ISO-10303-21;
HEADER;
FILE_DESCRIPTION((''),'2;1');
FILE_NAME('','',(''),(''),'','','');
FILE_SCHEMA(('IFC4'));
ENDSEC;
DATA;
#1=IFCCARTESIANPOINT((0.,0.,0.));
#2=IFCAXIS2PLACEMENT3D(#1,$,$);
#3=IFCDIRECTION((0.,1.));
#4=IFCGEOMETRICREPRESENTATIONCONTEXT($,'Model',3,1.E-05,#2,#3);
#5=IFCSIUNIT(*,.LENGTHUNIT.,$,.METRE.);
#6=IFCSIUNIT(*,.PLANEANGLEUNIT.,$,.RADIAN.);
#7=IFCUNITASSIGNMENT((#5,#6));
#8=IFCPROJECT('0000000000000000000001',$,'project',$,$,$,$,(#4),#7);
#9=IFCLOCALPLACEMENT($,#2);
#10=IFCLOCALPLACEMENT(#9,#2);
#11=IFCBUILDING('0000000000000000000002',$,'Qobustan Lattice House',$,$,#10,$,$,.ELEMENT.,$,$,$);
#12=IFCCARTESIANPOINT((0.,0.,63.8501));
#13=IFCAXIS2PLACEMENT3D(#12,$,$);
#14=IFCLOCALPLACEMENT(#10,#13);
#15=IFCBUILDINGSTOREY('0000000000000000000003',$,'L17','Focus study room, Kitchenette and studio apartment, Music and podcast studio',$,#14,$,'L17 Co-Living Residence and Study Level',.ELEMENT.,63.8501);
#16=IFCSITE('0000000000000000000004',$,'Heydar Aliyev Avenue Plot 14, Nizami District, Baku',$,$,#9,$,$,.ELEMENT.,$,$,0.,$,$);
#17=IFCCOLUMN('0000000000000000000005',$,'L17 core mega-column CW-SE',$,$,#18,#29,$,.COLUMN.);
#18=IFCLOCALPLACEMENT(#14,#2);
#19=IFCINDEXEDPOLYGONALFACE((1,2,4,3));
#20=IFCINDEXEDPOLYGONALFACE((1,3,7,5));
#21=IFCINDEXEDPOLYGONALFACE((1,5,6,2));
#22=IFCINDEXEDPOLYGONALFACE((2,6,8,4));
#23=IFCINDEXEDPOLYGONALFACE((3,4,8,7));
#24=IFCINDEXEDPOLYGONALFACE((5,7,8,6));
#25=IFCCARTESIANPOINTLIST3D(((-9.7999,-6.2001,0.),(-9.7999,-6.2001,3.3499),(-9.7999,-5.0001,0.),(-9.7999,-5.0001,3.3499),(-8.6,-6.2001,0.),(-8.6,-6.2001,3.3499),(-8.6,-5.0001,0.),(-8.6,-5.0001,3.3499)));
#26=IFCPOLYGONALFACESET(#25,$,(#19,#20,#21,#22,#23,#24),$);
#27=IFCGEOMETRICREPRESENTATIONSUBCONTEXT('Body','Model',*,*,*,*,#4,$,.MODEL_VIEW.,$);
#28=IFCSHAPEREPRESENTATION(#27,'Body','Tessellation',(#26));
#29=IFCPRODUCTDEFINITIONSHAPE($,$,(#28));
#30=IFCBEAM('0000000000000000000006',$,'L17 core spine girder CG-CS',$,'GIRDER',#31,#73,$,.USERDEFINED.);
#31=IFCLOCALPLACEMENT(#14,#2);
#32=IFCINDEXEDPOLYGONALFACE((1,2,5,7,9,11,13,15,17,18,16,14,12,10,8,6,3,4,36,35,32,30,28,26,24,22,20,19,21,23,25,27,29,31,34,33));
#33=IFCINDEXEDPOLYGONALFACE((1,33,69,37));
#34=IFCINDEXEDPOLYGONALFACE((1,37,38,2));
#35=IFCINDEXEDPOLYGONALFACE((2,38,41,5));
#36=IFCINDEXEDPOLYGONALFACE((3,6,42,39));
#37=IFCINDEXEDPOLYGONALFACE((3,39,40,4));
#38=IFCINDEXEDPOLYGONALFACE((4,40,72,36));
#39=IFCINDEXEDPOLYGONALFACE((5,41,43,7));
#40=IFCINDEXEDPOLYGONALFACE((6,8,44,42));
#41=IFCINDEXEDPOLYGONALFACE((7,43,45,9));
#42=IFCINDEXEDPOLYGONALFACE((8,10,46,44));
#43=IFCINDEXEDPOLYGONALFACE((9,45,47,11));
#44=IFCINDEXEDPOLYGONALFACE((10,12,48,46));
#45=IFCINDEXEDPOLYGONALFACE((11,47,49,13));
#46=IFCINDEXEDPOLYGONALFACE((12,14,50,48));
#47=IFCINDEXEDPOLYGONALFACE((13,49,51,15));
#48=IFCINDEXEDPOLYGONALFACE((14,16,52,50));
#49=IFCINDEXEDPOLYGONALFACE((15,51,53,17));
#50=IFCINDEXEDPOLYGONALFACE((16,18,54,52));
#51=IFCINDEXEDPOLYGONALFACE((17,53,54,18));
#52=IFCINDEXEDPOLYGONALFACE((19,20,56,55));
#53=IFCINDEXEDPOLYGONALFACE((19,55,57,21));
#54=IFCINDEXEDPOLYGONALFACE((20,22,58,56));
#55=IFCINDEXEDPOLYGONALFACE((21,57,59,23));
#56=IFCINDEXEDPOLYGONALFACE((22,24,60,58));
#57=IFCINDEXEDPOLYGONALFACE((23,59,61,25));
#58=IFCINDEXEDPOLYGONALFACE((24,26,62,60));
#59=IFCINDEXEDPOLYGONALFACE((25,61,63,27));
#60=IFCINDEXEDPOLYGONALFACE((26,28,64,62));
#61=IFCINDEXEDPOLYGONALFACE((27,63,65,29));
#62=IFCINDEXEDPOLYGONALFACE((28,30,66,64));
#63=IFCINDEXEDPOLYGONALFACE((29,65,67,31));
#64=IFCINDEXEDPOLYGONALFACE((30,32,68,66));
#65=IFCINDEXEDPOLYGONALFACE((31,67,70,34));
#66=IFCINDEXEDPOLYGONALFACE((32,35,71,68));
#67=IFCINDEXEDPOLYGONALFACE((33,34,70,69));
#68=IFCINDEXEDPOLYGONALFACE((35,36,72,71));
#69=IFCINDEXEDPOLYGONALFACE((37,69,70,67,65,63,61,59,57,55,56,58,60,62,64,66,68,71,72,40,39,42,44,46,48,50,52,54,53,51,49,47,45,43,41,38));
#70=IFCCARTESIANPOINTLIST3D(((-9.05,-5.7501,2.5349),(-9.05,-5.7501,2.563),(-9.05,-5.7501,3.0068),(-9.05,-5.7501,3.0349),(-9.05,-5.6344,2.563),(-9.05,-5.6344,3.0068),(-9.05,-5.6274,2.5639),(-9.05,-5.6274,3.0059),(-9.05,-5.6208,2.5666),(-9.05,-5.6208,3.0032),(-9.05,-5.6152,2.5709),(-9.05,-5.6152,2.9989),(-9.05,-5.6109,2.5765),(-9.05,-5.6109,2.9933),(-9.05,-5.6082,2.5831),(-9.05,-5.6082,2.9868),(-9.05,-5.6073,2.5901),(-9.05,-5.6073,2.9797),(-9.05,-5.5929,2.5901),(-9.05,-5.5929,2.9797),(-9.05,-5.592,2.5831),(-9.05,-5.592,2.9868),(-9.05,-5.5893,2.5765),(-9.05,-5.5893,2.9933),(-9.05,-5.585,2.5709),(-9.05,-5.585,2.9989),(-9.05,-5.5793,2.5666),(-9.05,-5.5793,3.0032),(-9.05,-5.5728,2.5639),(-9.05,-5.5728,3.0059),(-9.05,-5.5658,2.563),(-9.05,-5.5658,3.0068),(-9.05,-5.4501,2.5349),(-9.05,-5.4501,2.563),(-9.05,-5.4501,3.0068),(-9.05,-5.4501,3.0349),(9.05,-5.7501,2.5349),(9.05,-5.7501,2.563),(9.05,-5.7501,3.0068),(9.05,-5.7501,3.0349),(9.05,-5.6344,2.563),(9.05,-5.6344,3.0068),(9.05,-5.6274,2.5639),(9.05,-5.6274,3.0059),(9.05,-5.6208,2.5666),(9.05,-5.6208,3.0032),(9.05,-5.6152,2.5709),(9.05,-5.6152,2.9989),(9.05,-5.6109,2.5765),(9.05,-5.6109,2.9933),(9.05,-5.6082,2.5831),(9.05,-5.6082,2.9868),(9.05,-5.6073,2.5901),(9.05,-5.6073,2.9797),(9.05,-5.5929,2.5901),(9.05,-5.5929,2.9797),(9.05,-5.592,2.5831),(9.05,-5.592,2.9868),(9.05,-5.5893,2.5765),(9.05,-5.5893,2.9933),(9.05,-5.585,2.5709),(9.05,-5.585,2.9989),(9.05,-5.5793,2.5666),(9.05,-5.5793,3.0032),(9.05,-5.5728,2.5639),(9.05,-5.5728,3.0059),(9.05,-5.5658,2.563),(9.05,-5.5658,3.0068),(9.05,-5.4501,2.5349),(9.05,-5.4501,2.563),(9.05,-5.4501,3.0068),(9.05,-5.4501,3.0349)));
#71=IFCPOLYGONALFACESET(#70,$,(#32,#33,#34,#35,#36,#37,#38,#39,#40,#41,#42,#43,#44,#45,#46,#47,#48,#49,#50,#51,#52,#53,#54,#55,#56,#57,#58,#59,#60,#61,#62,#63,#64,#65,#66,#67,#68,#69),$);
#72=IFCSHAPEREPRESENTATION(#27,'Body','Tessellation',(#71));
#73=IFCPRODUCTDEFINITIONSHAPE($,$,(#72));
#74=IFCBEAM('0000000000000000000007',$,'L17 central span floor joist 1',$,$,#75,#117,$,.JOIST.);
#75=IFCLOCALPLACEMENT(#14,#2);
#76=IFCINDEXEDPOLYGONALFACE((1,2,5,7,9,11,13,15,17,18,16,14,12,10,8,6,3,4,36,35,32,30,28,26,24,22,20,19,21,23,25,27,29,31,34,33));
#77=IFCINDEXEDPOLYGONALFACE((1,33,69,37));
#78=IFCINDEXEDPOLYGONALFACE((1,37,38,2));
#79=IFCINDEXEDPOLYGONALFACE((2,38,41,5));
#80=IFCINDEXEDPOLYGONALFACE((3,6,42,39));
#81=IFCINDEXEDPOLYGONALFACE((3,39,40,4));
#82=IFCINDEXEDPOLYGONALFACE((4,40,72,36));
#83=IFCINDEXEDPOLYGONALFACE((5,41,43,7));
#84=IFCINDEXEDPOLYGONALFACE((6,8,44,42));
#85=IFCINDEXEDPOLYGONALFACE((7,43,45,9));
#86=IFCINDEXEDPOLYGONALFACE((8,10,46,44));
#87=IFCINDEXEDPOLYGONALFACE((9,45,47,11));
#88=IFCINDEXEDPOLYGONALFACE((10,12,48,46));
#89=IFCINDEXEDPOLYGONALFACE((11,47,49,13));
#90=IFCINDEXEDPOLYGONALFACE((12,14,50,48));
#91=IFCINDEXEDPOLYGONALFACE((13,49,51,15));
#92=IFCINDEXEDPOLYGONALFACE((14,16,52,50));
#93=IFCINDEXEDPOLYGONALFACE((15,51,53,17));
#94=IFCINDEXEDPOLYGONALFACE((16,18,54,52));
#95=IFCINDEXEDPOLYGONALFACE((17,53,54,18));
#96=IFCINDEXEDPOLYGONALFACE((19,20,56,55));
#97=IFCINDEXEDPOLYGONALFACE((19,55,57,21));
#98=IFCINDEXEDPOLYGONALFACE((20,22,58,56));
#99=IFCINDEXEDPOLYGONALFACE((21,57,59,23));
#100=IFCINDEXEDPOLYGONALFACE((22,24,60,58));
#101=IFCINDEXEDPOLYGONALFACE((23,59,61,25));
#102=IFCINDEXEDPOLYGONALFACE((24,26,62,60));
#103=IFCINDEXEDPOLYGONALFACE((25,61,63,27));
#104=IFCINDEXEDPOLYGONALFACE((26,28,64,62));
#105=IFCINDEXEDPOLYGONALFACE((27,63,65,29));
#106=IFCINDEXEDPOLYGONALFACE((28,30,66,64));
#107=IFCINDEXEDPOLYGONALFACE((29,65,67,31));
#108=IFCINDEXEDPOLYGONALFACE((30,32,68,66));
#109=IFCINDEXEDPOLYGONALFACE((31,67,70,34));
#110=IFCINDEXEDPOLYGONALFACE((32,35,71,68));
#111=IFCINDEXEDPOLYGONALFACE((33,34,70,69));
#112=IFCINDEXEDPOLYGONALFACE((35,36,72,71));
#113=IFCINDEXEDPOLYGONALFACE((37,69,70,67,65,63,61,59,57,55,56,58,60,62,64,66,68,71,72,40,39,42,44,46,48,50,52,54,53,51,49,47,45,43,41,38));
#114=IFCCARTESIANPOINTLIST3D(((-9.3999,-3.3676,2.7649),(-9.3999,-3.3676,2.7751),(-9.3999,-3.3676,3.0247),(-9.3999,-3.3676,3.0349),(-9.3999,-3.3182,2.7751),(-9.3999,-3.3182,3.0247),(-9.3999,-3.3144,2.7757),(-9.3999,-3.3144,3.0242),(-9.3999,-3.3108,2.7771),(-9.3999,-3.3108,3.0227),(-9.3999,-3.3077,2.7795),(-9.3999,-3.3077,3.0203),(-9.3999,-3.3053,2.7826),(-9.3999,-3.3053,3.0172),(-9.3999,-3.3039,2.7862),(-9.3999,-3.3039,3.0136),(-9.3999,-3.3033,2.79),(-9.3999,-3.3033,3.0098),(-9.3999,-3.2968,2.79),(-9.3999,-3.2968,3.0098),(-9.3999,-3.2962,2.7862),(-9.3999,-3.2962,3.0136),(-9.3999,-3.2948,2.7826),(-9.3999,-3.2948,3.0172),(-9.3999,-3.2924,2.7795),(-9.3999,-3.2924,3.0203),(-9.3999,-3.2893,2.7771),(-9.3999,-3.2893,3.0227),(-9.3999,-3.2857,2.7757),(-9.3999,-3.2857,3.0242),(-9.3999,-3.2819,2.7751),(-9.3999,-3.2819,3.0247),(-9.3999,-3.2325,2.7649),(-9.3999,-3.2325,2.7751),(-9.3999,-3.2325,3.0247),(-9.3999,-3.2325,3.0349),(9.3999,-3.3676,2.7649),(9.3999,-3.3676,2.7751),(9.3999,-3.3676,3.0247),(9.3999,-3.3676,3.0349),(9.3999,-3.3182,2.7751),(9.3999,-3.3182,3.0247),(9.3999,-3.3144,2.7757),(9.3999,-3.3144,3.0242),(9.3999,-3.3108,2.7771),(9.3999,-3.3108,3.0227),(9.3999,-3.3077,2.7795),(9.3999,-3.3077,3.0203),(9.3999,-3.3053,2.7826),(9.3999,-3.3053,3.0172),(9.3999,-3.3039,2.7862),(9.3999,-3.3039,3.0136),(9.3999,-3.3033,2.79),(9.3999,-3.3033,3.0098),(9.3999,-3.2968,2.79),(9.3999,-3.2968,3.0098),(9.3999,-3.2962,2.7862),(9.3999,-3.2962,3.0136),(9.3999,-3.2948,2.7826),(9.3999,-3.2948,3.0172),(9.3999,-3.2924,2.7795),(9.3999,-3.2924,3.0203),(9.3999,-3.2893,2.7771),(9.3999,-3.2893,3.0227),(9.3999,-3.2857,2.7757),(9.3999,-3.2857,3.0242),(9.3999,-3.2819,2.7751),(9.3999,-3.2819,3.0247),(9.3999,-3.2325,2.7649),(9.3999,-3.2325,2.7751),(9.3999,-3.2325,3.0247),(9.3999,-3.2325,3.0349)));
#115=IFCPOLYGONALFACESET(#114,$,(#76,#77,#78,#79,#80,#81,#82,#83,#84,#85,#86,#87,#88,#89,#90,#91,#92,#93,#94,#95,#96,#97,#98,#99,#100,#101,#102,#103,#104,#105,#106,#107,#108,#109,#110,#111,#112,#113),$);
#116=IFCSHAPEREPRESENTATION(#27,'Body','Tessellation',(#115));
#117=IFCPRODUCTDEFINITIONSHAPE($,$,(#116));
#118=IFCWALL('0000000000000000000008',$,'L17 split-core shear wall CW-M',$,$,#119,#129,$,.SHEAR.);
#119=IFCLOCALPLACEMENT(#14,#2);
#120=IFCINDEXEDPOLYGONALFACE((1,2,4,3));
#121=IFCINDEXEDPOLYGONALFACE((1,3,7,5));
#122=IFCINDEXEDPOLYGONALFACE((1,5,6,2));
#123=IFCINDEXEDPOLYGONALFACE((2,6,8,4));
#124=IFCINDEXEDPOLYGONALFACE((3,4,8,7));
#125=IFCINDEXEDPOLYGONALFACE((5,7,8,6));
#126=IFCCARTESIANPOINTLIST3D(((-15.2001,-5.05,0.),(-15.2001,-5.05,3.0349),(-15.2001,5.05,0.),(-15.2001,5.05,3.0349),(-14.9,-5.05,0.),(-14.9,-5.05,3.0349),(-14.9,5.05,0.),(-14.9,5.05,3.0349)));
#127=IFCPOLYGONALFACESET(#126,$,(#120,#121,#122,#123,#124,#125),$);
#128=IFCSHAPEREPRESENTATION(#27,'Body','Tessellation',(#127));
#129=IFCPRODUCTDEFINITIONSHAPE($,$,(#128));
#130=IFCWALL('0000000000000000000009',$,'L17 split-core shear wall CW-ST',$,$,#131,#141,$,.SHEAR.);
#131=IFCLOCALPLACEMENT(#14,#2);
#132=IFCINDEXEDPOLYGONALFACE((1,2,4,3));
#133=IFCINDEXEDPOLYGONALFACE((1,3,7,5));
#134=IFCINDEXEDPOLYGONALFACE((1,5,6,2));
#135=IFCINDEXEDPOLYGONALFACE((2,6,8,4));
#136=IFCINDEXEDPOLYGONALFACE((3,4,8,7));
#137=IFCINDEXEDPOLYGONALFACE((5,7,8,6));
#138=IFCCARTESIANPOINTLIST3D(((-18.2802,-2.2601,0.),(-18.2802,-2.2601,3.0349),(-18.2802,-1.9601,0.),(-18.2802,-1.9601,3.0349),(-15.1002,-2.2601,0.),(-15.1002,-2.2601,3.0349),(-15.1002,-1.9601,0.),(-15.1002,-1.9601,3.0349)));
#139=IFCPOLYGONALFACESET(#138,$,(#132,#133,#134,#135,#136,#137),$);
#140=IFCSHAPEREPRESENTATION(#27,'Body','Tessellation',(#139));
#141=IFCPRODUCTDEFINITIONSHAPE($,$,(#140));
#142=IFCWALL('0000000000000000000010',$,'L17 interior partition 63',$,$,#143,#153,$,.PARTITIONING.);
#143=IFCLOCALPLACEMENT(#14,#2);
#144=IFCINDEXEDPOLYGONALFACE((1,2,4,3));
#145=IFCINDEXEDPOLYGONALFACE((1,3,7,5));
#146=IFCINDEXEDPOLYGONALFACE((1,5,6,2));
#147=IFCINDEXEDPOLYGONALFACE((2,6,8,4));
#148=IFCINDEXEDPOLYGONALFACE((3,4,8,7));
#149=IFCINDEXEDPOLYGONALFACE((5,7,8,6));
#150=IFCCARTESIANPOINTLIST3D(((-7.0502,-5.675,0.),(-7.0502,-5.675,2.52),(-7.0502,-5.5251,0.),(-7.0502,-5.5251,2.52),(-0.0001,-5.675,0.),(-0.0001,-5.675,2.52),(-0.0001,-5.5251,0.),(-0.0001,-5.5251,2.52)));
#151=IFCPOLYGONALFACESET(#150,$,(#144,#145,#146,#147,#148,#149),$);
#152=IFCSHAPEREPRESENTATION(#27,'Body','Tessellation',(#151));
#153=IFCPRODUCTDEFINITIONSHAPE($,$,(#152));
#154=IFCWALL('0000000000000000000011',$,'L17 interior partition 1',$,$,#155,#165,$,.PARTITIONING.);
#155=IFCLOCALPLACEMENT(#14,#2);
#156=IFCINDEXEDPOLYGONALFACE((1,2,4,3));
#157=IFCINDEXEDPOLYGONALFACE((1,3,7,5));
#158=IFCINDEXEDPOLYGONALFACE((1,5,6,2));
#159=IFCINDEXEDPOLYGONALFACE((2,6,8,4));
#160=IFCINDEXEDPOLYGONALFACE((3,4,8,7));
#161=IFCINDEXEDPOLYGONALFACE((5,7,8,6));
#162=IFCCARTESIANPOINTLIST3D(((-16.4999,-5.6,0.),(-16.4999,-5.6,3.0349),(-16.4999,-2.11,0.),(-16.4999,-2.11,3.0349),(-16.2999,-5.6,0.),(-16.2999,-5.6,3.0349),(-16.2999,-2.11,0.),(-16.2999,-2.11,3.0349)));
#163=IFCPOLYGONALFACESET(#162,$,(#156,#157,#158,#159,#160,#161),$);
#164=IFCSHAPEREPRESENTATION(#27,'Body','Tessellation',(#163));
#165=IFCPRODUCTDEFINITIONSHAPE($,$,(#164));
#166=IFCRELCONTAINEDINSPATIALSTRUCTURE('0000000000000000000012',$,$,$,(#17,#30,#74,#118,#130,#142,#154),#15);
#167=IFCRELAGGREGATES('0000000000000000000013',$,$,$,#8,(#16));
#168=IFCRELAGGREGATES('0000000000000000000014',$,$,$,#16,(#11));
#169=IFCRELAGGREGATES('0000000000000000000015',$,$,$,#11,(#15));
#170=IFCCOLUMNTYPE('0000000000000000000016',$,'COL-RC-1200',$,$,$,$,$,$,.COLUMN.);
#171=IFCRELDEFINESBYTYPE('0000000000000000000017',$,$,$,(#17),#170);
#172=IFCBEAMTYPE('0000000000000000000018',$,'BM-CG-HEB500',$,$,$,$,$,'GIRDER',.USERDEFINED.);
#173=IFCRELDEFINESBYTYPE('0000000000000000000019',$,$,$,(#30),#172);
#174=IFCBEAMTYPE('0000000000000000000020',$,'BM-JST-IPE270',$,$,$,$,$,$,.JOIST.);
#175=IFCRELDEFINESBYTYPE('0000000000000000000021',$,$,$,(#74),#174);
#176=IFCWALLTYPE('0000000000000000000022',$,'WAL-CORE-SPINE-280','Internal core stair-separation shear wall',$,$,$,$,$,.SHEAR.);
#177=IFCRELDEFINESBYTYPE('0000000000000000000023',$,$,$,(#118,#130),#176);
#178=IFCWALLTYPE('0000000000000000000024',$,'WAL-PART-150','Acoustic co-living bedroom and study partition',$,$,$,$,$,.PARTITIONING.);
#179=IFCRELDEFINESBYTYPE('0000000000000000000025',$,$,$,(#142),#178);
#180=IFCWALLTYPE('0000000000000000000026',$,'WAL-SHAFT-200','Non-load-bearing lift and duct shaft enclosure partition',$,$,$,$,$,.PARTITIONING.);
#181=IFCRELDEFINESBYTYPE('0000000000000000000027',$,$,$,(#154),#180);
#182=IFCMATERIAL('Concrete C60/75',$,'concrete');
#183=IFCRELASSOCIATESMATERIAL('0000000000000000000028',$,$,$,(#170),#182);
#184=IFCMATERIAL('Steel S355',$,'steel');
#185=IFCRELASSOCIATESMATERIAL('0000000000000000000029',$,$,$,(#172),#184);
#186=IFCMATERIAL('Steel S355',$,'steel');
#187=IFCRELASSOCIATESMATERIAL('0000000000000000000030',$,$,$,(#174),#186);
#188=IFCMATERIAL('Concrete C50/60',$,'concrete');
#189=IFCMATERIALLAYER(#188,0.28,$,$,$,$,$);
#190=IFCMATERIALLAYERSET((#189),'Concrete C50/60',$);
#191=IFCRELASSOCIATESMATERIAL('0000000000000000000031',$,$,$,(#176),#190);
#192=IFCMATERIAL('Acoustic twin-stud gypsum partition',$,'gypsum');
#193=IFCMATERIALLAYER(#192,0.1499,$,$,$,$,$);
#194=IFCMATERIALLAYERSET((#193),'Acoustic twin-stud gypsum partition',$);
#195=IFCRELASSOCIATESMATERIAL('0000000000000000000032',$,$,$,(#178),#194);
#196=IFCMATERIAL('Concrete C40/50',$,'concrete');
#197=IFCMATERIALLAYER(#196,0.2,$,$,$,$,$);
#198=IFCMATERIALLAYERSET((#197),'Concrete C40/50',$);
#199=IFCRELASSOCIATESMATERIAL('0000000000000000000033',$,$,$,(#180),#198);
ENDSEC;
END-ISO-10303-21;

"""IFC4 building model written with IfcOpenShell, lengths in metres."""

from ifc_helpers import new_model, si_unit, direction, frame, frame_2d, origin, origin_2d, place, context, subcontext, project, spatial, rectangle, i_section, extrude, material, layer, layer_set, material_profile, profile_set, type_object, element, save


model = new_model("IFC4")

# Units and contexts
model_context = context("Model", 3, precision=1e-05, world=origin(), true_north=direction((0.0, 1.0)))
body_context = subcontext(model_context, "Body", "Model", "MODEL_VIEW")
ifc_project = project(units=[si_unit("LENGTHUNIT", "METRE"), si_unit("PLANEANGLEUNIT", "RADIAN")], contexts=[model_context])

# Site, building, storey
site_placement = place(None, origin())
site = spatial("IfcSite", under=ifc_project, at=site_placement, Name="Heydar Aliyev Avenue Plot 14, Nizami District, Baku", CompositionType="ELEMENT", RefElevation=0.0)
building_placement = place(site_placement, origin())
building = spatial("IfcBuilding", under=site, at=building_placement, Name="Qobustan Lattice House", CompositionType="ELEMENT")
storey_placement = place(building_placement, frame((0.0, 0.0, 63.8501)))
storey = spatial("IfcBuildingStorey", under=building, at=storey_placement, Name="L17", Description="Focus study room, Kitchenette and studio apartment, Music and podcast studio", LongName="L17 Co-Living Residence and Study Level", CompositionType="ELEMENT", Elevation=63.8501)

# Column
ifc_material_1 = material(Name="Concrete C60/75", Category="concrete")
ifc_material_profile_1 = material_profile(ifc_material_1, rectangle(XDim=1.2, YDim=1.2, at=origin_2d()), Name="RC1200x1200")
ifc_profile_set_1 = profile_set([ifc_material_profile_1], Name="Concrete C60/75")
column_type = type_object("IfcColumnType", Name="COL-RC-1200", PredefinedType="COLUMN", material=ifc_profile_set_1)
column_placement = place(storey_placement, frame((-9.2, -5.6001, 0.0), z_axis=(0.0, 0.0, 1.0), x_axis=(1.0, 0.0, 0.0)))
element("IfcColumn", 1, at=column_placement, inside=storey, type_object=column_type, Name="L17 core mega-column CW-SE", PredefinedType="COLUMN", context=body_context, shape_type="SweptSolid", body=[
    extrude(rectangle(XDim=1.2, YDim=1.2, at=origin_2d()), origin(), (0.0, 0.0, 1.0), 3.3499),
])

# Beams
ifc_material_2 = material(Name="Steel S355", Category="steel")
ifc_material_profile_2 = material_profile(ifc_material_2, i_section(OverallWidth=0.3, OverallDepth=0.5, WebThickness=0.0144, FlangeThickness=0.0281, FilletRadius=0.0271, at=origin_2d()), Name="HEB500")
ifc_profile_set_2 = profile_set([ifc_material_profile_2], Name="Steel S355")
beam_type_1 = type_object("IfcBeamType", Name="BM-CG-HEB500", ElementType="GIRDER", PredefinedType="USERDEFINED", material=ifc_profile_set_2)
beam_1_placement = place(storey_placement, frame((-9.05, -5.6001, 2.7849), z_axis=(1.0, 0.0, 0.0), x_axis=(0.0, 1.0, 0.0)))
element("IfcBeam", 2, at=beam_1_placement, inside=storey, type_object=beam_type_1, Name="L17 core spine girder CG-CS", ObjectType="GIRDER", PredefinedType="USERDEFINED", context=body_context, shape_type="SweptSolid", body=[
    extrude(i_section(OverallWidth=0.3, OverallDepth=0.5, WebThickness=0.0144, FlangeThickness=0.0281, FilletRadius=0.0271, at=origin_2d()), origin(), (0.0, 0.0, 1.0), 18.1001),
])
ifc_material_3 = material(Name="Steel S355", Category="steel")
ifc_material_profile_3 = material_profile(ifc_material_3, i_section(OverallWidth=0.135, OverallDepth=0.27, WebThickness=0.0066, FlangeThickness=0.0103, FilletRadius=0.0149, at=origin_2d()), Name="IPE270")
ifc_profile_set_3 = profile_set([ifc_material_profile_3], Name="Steel S355")
beam_type_2 = type_object("IfcBeamType", Name="BM-JST-IPE270", PredefinedType="JOIST", material=ifc_profile_set_3)
beam_2_placement = place(storey_placement, frame((-9.3999, -3.3, 2.8999), z_axis=(1.0, 0.0, 0.0), x_axis=(0.0, 1.0, 0.0)))
element("IfcBeam", 3, at=beam_2_placement, inside=storey, type_object=beam_type_2, Name="L17 central span floor joist 1", PredefinedType="JOIST", context=body_context, shape_type="SweptSolid", body=[
    extrude(i_section(OverallWidth=0.135, OverallDepth=0.27, WebThickness=0.0066, FlangeThickness=0.0103, FilletRadius=0.0149, at=origin_2d()), origin(), (0.0, 0.0, 1.0), 18.7998),
])

# Walls
ifc_material_4 = material(Name="Concrete C50/60", Category="concrete")
ifc_layer_1 = layer(ifc_material_4, 0.28)
ifc_layer_set_1 = layer_set([ifc_layer_1], Name="Concrete C50/60")
wall_type_1 = type_object("IfcWallType", Name="WAL-CORE-SPINE-280", Description="Internal core stair-separation shear wall", PredefinedType="SHEAR", material=ifc_layer_set_1)
wall_1_placement = place(storey_placement, frame((-15.05, -5.05, 0.0), z_axis=(0.0, 0.0, 1.0), x_axis=(0.0, 1.0, 0.0)))
element("IfcWall", 4, at=wall_1_placement, inside=storey, type_object=wall_type_1, Name="L17 split-core shear wall CW-M", PredefinedType="SHEAR", context=body_context, shape_type="SweptSolid", body=[
    extrude(rectangle(XDim=10.1001, YDim=0.3, at=frame_2d((5.05, 0.0))), origin(), (0.0, 0.0, 1.0), 3.0349),
])
wall_2_placement = place(storey_placement, frame((-18.28, -2.1101, 0.0), z_axis=(0.0, 0.0, 1.0), x_axis=(1.0, 0.0, 0.0)))
element("IfcWall", 5, at=wall_2_placement, inside=storey, type_object=wall_type_1, Name="L17 split-core shear wall CW-ST", PredefinedType="SHEAR", context=body_context, shape_type="SweptSolid", body=[
    extrude(rectangle(XDim=3.1799, YDim=0.3, at=frame_2d((1.5898, 0.0))), origin(), (0.0, 0.0, 1.0), 3.0349),
])

# Walls
ifc_material_5 = material(Name="Acoustic twin-stud gypsum partition", Category="gypsum")
ifc_layer_2 = layer(ifc_material_5, 0.1499)
ifc_layer_set_2 = layer_set([ifc_layer_2], Name="Acoustic twin-stud gypsum partition")
wall_type_2 = type_object("IfcWallType", Name="WAL-PART-150", Description="Acoustic co-living bedroom and study partition", PredefinedType="PARTITIONING", material=ifc_layer_set_2)
wall_3_placement = place(storey_placement, frame((-7.05, -5.6001, 0.0), z_axis=(0.0, 0.0, 1.0), x_axis=(1.0, 0.0, 0.0)))
element("IfcWall", 6, at=wall_3_placement, inside=storey, type_object=wall_type_2, Name="L17 interior partition 63", PredefinedType="PARTITIONING", context=body_context, shape_type="SweptSolid", body=[
    extrude(rectangle(XDim=7.05, YDim=0.1499, at=frame_2d((3.5249, 0.0))), origin(), (0.0, 0.0, 1.0), 2.52),
])
ifc_material_6 = material(Name="Concrete C40/50", Category="concrete")
ifc_layer_3 = layer(ifc_material_6, 0.2)
ifc_layer_set_3 = layer_set([ifc_layer_3], Name="Concrete C40/50")
wall_type_3 = type_object("IfcWallType", Name="WAL-SHAFT-200", Description="Non-load-bearing lift and duct shaft enclosure partition", PredefinedType="PARTITIONING", material=ifc_layer_set_3)
wall_4_placement = place(storey_placement, frame((-16.3999, -5.6001, 0.0), z_axis=(0.0, 0.0, 1.0), x_axis=(0.0, 1.0, 0.0)))
element("IfcWall", 7, at=wall_4_placement, inside=storey, type_object=wall_type_3, Name="L17 interior partition 1", PredefinedType="PARTITIONING", context=body_context, shape_type="SweptSolid", body=[
    extrude(rectangle(XDim=3.49, YDim=0.2, at=frame_2d((1.7451, 0.0))), origin(), (0.0, 0.0, 1.0), 3.0349),
])

save(model, "model.ifc")
